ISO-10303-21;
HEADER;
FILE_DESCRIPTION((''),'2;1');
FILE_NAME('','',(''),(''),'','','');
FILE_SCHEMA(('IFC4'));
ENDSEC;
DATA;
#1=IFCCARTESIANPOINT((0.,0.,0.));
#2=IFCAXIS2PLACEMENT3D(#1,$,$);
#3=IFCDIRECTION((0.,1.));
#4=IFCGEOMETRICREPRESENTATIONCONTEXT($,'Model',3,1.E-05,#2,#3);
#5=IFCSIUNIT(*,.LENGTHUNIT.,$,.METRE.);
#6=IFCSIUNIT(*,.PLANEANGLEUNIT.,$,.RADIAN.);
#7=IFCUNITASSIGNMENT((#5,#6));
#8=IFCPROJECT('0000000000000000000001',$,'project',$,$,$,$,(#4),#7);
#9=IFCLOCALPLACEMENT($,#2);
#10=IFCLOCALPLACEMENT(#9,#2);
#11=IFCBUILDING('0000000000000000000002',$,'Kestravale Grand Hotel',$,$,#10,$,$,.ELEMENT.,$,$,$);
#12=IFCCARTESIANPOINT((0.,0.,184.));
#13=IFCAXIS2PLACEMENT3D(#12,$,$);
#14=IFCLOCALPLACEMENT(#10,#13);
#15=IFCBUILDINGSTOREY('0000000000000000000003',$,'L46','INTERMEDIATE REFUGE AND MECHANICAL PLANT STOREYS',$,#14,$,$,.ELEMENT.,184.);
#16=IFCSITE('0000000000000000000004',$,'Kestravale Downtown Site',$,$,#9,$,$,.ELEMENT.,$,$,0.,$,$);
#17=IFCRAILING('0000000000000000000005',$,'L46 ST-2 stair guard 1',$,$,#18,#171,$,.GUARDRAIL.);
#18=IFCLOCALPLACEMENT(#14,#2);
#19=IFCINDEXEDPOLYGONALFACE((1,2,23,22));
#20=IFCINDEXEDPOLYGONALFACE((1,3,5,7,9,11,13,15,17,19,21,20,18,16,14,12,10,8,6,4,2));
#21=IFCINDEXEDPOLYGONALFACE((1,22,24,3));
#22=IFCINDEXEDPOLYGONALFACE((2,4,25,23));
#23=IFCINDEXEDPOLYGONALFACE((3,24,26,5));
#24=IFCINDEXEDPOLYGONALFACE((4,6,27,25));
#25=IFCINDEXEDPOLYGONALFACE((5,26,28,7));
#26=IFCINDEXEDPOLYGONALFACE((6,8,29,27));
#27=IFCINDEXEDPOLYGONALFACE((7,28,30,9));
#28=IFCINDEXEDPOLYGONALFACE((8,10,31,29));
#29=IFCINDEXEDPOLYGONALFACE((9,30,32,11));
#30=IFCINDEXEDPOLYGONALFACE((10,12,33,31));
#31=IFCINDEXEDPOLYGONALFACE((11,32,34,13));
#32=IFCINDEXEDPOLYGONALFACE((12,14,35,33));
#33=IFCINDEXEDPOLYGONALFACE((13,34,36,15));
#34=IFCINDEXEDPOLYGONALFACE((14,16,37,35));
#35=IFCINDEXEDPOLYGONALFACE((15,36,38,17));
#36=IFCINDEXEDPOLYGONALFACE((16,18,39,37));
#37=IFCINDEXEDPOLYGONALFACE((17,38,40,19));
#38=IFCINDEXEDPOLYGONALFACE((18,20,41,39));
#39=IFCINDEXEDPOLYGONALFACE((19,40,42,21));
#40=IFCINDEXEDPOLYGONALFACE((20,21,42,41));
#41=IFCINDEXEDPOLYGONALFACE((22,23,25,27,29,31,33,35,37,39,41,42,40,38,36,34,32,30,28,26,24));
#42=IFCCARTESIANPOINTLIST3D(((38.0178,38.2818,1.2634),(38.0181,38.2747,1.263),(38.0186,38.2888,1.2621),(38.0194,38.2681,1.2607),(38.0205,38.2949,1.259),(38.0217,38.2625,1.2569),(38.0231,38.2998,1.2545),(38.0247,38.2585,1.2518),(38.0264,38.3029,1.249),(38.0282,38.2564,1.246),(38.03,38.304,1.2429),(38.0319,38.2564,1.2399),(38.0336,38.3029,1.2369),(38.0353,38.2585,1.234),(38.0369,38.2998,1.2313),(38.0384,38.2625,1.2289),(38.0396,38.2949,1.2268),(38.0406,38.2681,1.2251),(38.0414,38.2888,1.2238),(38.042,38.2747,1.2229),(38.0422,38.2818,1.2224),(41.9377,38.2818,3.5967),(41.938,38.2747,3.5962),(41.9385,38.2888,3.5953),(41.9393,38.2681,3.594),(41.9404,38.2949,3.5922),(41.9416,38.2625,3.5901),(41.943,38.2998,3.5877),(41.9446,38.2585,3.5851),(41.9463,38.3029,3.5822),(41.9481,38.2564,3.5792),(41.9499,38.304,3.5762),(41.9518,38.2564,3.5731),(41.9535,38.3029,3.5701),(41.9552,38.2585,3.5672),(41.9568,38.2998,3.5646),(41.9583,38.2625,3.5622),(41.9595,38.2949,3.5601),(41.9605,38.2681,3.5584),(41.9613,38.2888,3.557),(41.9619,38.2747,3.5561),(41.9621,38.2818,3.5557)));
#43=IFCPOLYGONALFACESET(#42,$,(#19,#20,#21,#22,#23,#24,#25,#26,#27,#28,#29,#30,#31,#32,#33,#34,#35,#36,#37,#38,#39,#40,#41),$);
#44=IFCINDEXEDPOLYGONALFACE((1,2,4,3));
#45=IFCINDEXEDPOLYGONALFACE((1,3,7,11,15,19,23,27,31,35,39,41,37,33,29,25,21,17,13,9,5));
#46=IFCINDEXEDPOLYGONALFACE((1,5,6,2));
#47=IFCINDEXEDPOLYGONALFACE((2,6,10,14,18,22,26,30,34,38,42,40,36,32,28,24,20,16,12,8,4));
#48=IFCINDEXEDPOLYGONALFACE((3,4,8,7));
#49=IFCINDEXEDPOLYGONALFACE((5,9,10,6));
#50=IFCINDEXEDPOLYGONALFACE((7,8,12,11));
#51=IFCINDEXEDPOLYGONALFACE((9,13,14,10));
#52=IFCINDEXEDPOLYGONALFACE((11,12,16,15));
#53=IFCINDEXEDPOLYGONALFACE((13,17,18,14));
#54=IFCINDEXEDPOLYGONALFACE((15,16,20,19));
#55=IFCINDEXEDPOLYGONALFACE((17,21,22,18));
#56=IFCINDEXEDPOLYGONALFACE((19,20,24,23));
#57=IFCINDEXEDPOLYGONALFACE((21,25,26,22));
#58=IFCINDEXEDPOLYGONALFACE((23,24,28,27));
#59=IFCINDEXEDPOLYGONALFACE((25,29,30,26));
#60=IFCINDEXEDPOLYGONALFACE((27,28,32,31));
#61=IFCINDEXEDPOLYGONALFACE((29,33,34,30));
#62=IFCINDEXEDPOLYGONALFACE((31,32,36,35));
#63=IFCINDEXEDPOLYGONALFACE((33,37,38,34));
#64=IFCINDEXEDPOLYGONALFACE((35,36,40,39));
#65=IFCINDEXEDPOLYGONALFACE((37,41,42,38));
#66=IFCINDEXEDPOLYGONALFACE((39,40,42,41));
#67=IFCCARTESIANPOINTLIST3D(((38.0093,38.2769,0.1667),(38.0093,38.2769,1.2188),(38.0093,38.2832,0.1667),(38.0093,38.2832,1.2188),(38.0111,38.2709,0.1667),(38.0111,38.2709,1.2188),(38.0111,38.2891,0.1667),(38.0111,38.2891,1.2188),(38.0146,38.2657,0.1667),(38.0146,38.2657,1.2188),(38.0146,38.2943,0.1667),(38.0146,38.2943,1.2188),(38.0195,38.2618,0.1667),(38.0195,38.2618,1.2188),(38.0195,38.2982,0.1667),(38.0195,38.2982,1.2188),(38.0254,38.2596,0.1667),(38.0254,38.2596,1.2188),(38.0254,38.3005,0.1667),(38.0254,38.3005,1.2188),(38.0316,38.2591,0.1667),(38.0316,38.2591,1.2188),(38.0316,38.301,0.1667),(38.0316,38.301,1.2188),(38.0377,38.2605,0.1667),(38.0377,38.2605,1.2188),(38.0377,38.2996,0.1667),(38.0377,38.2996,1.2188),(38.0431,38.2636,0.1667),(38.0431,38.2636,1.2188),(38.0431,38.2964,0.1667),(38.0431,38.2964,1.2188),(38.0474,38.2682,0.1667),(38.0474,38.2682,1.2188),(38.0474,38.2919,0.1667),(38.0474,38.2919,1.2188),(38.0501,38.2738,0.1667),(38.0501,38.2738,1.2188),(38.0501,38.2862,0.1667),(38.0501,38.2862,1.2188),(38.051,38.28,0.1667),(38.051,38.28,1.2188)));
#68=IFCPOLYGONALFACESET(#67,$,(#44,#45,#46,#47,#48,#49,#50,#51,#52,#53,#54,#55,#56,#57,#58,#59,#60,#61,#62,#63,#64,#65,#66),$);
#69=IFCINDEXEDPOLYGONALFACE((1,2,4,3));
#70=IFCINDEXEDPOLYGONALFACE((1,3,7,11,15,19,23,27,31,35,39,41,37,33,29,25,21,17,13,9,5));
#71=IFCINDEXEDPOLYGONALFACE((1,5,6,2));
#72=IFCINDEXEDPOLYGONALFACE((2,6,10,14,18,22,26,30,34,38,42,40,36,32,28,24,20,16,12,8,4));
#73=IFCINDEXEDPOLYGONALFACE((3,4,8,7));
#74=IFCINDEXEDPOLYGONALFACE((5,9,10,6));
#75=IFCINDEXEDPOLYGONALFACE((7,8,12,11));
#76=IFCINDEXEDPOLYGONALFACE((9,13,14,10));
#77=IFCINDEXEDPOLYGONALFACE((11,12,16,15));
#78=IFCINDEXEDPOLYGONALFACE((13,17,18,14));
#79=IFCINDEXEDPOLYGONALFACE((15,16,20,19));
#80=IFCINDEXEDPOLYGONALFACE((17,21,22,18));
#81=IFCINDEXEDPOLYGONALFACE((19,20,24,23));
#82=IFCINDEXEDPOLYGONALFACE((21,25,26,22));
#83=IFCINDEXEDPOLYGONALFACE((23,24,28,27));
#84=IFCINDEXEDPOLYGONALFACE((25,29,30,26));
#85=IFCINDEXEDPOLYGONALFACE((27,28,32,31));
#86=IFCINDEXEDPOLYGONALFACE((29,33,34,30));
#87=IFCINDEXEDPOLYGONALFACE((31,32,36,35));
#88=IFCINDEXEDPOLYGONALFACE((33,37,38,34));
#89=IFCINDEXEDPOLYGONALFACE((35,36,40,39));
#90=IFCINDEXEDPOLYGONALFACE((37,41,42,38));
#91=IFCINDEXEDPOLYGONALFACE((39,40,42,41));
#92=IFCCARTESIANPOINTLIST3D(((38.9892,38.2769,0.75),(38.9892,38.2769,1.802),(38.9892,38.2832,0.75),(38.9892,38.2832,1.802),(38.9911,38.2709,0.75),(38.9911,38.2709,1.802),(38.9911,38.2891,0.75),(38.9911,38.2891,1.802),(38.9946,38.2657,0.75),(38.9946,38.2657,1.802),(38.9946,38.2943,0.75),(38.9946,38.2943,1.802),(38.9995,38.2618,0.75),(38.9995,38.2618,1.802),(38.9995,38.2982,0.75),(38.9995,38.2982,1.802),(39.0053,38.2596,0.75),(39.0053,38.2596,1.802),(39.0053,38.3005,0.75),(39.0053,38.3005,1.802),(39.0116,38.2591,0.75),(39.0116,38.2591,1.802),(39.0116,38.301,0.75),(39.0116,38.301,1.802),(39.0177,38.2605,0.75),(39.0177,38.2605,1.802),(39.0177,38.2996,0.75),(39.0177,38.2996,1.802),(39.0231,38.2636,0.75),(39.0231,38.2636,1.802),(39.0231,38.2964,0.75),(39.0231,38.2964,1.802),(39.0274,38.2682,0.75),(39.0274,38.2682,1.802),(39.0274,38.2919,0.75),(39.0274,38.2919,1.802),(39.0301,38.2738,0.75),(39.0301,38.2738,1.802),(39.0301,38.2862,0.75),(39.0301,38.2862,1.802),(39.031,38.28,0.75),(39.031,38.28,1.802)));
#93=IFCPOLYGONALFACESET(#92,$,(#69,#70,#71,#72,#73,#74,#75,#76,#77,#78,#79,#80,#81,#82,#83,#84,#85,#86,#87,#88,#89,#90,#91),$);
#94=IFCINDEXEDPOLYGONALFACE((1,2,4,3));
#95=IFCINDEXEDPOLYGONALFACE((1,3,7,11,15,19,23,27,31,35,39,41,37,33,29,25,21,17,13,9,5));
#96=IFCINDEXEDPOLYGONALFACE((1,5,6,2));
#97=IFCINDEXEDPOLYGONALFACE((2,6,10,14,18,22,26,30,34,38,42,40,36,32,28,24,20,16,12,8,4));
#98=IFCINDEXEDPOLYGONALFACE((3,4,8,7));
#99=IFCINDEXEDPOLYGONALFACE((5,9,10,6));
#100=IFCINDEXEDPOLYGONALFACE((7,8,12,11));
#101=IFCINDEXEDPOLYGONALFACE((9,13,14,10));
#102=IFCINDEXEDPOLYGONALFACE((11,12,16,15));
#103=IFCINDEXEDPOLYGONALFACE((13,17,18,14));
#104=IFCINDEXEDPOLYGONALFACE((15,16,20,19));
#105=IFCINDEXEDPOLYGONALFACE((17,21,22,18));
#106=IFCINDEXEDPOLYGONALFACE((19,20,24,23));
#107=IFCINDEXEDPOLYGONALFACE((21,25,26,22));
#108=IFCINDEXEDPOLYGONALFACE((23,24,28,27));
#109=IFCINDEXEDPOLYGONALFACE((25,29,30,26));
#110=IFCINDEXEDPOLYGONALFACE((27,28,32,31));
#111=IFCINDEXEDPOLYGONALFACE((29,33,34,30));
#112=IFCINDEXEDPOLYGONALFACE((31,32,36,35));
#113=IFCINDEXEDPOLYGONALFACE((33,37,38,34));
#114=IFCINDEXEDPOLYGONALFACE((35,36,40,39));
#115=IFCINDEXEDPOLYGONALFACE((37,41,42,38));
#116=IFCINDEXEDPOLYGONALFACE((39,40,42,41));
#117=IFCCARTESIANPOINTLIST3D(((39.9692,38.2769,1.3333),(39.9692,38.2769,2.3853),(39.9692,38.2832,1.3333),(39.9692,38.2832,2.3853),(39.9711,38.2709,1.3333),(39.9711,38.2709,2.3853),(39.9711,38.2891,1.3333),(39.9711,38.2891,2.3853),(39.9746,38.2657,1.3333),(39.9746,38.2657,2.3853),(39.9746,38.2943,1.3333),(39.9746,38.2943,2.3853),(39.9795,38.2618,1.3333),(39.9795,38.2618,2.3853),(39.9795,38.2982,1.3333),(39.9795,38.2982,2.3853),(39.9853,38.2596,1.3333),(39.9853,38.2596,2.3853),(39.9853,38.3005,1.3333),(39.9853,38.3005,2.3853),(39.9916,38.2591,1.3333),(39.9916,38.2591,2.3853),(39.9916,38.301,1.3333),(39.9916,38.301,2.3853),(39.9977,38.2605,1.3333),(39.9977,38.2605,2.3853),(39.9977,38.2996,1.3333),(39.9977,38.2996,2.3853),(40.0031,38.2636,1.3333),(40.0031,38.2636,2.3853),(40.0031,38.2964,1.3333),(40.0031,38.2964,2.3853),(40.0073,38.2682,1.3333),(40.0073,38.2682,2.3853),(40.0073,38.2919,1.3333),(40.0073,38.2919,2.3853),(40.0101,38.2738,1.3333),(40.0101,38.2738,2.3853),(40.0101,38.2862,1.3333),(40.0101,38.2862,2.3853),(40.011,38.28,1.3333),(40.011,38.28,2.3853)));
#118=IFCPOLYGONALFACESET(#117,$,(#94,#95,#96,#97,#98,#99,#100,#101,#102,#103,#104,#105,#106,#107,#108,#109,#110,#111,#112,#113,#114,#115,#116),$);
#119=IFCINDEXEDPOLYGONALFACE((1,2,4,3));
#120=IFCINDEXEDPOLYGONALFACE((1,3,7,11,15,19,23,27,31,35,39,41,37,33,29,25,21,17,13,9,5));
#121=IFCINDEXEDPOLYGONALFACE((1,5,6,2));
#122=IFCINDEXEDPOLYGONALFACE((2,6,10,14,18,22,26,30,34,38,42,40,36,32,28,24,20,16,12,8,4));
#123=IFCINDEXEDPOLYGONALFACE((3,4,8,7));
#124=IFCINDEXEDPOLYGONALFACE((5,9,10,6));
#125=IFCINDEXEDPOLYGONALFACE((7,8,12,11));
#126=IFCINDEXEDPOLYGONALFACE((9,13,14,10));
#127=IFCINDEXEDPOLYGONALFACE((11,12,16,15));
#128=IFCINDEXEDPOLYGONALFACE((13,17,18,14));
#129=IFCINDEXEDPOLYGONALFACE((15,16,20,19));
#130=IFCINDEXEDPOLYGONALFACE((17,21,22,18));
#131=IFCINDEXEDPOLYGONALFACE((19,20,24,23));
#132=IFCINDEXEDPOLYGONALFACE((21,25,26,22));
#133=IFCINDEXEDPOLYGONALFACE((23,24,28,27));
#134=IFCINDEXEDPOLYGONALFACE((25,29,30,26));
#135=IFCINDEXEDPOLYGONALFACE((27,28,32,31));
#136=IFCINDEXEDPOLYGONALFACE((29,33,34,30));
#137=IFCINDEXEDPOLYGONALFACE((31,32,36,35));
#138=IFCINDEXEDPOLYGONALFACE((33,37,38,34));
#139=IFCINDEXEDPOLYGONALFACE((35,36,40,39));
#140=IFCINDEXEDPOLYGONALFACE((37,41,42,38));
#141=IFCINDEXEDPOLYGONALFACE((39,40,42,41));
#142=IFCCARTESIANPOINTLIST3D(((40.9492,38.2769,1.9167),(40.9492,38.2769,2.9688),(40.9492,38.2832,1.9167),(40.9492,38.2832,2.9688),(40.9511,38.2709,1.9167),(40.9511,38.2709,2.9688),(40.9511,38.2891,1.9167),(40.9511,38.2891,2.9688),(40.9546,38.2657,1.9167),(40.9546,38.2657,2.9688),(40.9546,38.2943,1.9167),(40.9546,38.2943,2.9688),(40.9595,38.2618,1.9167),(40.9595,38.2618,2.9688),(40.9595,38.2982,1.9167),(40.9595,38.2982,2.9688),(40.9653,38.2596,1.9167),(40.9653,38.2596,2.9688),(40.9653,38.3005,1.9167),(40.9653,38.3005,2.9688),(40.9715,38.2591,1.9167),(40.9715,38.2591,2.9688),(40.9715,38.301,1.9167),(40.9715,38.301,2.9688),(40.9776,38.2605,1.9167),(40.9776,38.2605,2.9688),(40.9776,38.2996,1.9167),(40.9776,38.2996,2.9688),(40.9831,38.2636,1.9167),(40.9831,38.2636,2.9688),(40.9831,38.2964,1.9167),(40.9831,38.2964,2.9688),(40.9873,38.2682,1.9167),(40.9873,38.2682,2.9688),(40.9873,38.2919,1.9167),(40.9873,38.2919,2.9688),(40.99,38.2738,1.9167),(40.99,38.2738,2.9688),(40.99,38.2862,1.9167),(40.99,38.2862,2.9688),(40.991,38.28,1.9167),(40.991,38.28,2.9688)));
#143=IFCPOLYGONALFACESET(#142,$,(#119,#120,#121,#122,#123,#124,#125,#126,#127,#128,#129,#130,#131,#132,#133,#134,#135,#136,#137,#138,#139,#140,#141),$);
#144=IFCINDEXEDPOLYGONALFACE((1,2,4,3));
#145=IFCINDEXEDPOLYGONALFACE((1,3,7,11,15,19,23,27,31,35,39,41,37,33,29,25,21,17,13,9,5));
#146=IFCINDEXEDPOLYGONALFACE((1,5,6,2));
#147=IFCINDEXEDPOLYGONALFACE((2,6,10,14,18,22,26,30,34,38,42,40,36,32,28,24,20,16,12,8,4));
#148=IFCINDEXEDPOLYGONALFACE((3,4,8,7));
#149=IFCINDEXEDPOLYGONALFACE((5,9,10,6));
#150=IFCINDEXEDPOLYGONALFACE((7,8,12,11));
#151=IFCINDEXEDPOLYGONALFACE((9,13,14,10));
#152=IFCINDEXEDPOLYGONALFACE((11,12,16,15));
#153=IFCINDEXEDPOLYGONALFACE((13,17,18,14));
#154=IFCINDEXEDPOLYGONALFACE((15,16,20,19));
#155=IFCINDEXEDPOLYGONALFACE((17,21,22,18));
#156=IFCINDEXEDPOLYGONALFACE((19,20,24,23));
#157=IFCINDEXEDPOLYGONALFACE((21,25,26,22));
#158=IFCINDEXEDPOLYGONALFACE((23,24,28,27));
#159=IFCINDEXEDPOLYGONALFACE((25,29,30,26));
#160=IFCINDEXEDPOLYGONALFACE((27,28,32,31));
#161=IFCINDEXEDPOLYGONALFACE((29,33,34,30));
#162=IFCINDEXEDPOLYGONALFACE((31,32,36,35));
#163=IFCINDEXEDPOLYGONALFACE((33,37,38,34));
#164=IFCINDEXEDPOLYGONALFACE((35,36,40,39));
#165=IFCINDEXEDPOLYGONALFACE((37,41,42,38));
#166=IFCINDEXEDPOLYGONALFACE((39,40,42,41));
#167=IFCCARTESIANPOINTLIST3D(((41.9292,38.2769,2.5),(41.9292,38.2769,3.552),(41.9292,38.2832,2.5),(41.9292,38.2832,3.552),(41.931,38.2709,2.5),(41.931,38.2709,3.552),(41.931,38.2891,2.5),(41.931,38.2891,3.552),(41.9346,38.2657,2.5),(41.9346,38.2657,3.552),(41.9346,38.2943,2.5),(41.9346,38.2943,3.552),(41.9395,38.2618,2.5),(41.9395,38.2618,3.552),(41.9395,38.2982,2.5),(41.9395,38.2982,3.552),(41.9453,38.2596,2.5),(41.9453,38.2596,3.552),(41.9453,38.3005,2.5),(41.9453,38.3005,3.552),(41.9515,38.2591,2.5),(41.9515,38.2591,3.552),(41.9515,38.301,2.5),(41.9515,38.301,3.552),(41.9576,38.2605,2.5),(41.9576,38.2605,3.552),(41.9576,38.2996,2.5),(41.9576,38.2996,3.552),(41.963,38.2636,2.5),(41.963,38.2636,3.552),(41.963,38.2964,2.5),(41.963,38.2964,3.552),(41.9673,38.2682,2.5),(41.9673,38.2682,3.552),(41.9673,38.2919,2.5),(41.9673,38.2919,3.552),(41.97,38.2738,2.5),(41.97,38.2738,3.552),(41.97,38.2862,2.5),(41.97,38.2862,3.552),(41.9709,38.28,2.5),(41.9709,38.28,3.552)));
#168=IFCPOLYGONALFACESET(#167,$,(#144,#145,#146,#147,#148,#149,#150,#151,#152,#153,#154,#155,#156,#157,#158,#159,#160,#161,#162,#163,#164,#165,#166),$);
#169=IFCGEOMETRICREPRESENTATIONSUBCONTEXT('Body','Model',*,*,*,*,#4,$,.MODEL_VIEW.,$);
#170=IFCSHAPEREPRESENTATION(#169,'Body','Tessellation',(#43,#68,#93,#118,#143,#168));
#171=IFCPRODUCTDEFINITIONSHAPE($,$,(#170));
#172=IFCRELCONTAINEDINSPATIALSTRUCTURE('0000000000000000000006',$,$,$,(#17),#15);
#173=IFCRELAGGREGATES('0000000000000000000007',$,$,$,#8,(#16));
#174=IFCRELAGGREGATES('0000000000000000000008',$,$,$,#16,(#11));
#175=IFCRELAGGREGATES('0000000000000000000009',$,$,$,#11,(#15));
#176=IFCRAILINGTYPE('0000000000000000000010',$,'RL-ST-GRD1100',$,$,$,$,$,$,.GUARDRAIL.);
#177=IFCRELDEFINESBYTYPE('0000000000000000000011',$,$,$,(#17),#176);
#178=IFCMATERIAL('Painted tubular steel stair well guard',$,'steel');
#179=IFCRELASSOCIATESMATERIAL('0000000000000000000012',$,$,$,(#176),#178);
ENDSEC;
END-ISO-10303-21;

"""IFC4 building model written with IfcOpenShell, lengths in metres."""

from ifc_helpers import new_model, si_unit, direction, frame, origin, origin_2d, place, context, subcontext, project, spatial, circle, extrude, material, type_object, element, save


model = new_model("IFC4")

# Units and contexts
model_context = context("Model", 3, precision=1e-05, world=origin(), true_north=direction((0.0, 1.0)))
body_context = subcontext(model_context, "Body", "Model", "MODEL_VIEW")
ifc_project = project(units=[si_unit("LENGTHUNIT", "METRE"), si_unit("PLANEANGLEUNIT", "RADIAN")], contexts=[model_context])

# Site, building, storey
site_placement = place(None, origin())
site = spatial("IfcSite", under=ifc_project, at=site_placement, Name="Kestravale Downtown Site", CompositionType="ELEMENT", RefElevation=0.0)
building_placement = place(site_placement, origin())
building = spatial("IfcBuilding", under=site, at=building_placement, Name="Kestravale Grand Hotel", CompositionType="ELEMENT")
storey_placement = place(building_placement, frame((0.0, 0.0, 184.0)))
storey = spatial("IfcBuildingStorey", under=building, at=storey_placement, Name="L46", Description="INTERMEDIATE REFUGE AND MECHANICAL PLANT STOREYS", CompositionType="ELEMENT", Elevation=184.0)

# Railing
ifc_material_1 = material(Name="Painted tubular steel stair well guard", Category="steel")
railing_type_1 = type_object("IfcRailingType", Name="RL-ST-GRD1100", PredefinedType="GUARDRAIL", material=ifc_material_1)
railing_1_placement = place(storey_placement, frame((38.03, 38.28, 0.1667)))
element("IfcRailing", 1, at=railing_1_placement, inside=storey, type_object=railing_type_1, Name="L46 ST-2 stair guard 1", PredefinedType="GUARDRAIL", context=body_context, shape_type="SweptSolid", body=[
    extrude(circle(Radius=0.0239, at=origin_2d()), frame((0.0, 0.0, 1.0762), z_axis=(0.859296, 0.0, 0.511478), x_axis=(0.0, 1.0, 0.0)), (0.0, 0.0, 1.0), 4.5618),
    extrude(circle(Radius=0.021, at=origin_2d()), origin(), (0.0, 0.0, 1.0), 1.052),
    extrude(circle(Radius=0.021, at=origin_2d()), frame((0.98, 0.0, 0.5833)), (0.0, 0.0, 1.0), 1.052),
    extrude(circle(Radius=0.021, at=origin_2d()), frame((1.96, 0.0, 1.1665)), (0.0, 0.0, 1.0), 1.052),
    extrude(circle(Radius=0.021, at=origin_2d()), frame((2.9399, 0.0, 1.75)), (0.0, 0.0, 1.0), 1.052),
    extrude(circle(Radius=0.021, at=origin_2d()), frame((3.9199, 0.0, 2.3333)), (0.0, 0.0, 1.0), 1.052),
])

save(model, "model.ifc")
